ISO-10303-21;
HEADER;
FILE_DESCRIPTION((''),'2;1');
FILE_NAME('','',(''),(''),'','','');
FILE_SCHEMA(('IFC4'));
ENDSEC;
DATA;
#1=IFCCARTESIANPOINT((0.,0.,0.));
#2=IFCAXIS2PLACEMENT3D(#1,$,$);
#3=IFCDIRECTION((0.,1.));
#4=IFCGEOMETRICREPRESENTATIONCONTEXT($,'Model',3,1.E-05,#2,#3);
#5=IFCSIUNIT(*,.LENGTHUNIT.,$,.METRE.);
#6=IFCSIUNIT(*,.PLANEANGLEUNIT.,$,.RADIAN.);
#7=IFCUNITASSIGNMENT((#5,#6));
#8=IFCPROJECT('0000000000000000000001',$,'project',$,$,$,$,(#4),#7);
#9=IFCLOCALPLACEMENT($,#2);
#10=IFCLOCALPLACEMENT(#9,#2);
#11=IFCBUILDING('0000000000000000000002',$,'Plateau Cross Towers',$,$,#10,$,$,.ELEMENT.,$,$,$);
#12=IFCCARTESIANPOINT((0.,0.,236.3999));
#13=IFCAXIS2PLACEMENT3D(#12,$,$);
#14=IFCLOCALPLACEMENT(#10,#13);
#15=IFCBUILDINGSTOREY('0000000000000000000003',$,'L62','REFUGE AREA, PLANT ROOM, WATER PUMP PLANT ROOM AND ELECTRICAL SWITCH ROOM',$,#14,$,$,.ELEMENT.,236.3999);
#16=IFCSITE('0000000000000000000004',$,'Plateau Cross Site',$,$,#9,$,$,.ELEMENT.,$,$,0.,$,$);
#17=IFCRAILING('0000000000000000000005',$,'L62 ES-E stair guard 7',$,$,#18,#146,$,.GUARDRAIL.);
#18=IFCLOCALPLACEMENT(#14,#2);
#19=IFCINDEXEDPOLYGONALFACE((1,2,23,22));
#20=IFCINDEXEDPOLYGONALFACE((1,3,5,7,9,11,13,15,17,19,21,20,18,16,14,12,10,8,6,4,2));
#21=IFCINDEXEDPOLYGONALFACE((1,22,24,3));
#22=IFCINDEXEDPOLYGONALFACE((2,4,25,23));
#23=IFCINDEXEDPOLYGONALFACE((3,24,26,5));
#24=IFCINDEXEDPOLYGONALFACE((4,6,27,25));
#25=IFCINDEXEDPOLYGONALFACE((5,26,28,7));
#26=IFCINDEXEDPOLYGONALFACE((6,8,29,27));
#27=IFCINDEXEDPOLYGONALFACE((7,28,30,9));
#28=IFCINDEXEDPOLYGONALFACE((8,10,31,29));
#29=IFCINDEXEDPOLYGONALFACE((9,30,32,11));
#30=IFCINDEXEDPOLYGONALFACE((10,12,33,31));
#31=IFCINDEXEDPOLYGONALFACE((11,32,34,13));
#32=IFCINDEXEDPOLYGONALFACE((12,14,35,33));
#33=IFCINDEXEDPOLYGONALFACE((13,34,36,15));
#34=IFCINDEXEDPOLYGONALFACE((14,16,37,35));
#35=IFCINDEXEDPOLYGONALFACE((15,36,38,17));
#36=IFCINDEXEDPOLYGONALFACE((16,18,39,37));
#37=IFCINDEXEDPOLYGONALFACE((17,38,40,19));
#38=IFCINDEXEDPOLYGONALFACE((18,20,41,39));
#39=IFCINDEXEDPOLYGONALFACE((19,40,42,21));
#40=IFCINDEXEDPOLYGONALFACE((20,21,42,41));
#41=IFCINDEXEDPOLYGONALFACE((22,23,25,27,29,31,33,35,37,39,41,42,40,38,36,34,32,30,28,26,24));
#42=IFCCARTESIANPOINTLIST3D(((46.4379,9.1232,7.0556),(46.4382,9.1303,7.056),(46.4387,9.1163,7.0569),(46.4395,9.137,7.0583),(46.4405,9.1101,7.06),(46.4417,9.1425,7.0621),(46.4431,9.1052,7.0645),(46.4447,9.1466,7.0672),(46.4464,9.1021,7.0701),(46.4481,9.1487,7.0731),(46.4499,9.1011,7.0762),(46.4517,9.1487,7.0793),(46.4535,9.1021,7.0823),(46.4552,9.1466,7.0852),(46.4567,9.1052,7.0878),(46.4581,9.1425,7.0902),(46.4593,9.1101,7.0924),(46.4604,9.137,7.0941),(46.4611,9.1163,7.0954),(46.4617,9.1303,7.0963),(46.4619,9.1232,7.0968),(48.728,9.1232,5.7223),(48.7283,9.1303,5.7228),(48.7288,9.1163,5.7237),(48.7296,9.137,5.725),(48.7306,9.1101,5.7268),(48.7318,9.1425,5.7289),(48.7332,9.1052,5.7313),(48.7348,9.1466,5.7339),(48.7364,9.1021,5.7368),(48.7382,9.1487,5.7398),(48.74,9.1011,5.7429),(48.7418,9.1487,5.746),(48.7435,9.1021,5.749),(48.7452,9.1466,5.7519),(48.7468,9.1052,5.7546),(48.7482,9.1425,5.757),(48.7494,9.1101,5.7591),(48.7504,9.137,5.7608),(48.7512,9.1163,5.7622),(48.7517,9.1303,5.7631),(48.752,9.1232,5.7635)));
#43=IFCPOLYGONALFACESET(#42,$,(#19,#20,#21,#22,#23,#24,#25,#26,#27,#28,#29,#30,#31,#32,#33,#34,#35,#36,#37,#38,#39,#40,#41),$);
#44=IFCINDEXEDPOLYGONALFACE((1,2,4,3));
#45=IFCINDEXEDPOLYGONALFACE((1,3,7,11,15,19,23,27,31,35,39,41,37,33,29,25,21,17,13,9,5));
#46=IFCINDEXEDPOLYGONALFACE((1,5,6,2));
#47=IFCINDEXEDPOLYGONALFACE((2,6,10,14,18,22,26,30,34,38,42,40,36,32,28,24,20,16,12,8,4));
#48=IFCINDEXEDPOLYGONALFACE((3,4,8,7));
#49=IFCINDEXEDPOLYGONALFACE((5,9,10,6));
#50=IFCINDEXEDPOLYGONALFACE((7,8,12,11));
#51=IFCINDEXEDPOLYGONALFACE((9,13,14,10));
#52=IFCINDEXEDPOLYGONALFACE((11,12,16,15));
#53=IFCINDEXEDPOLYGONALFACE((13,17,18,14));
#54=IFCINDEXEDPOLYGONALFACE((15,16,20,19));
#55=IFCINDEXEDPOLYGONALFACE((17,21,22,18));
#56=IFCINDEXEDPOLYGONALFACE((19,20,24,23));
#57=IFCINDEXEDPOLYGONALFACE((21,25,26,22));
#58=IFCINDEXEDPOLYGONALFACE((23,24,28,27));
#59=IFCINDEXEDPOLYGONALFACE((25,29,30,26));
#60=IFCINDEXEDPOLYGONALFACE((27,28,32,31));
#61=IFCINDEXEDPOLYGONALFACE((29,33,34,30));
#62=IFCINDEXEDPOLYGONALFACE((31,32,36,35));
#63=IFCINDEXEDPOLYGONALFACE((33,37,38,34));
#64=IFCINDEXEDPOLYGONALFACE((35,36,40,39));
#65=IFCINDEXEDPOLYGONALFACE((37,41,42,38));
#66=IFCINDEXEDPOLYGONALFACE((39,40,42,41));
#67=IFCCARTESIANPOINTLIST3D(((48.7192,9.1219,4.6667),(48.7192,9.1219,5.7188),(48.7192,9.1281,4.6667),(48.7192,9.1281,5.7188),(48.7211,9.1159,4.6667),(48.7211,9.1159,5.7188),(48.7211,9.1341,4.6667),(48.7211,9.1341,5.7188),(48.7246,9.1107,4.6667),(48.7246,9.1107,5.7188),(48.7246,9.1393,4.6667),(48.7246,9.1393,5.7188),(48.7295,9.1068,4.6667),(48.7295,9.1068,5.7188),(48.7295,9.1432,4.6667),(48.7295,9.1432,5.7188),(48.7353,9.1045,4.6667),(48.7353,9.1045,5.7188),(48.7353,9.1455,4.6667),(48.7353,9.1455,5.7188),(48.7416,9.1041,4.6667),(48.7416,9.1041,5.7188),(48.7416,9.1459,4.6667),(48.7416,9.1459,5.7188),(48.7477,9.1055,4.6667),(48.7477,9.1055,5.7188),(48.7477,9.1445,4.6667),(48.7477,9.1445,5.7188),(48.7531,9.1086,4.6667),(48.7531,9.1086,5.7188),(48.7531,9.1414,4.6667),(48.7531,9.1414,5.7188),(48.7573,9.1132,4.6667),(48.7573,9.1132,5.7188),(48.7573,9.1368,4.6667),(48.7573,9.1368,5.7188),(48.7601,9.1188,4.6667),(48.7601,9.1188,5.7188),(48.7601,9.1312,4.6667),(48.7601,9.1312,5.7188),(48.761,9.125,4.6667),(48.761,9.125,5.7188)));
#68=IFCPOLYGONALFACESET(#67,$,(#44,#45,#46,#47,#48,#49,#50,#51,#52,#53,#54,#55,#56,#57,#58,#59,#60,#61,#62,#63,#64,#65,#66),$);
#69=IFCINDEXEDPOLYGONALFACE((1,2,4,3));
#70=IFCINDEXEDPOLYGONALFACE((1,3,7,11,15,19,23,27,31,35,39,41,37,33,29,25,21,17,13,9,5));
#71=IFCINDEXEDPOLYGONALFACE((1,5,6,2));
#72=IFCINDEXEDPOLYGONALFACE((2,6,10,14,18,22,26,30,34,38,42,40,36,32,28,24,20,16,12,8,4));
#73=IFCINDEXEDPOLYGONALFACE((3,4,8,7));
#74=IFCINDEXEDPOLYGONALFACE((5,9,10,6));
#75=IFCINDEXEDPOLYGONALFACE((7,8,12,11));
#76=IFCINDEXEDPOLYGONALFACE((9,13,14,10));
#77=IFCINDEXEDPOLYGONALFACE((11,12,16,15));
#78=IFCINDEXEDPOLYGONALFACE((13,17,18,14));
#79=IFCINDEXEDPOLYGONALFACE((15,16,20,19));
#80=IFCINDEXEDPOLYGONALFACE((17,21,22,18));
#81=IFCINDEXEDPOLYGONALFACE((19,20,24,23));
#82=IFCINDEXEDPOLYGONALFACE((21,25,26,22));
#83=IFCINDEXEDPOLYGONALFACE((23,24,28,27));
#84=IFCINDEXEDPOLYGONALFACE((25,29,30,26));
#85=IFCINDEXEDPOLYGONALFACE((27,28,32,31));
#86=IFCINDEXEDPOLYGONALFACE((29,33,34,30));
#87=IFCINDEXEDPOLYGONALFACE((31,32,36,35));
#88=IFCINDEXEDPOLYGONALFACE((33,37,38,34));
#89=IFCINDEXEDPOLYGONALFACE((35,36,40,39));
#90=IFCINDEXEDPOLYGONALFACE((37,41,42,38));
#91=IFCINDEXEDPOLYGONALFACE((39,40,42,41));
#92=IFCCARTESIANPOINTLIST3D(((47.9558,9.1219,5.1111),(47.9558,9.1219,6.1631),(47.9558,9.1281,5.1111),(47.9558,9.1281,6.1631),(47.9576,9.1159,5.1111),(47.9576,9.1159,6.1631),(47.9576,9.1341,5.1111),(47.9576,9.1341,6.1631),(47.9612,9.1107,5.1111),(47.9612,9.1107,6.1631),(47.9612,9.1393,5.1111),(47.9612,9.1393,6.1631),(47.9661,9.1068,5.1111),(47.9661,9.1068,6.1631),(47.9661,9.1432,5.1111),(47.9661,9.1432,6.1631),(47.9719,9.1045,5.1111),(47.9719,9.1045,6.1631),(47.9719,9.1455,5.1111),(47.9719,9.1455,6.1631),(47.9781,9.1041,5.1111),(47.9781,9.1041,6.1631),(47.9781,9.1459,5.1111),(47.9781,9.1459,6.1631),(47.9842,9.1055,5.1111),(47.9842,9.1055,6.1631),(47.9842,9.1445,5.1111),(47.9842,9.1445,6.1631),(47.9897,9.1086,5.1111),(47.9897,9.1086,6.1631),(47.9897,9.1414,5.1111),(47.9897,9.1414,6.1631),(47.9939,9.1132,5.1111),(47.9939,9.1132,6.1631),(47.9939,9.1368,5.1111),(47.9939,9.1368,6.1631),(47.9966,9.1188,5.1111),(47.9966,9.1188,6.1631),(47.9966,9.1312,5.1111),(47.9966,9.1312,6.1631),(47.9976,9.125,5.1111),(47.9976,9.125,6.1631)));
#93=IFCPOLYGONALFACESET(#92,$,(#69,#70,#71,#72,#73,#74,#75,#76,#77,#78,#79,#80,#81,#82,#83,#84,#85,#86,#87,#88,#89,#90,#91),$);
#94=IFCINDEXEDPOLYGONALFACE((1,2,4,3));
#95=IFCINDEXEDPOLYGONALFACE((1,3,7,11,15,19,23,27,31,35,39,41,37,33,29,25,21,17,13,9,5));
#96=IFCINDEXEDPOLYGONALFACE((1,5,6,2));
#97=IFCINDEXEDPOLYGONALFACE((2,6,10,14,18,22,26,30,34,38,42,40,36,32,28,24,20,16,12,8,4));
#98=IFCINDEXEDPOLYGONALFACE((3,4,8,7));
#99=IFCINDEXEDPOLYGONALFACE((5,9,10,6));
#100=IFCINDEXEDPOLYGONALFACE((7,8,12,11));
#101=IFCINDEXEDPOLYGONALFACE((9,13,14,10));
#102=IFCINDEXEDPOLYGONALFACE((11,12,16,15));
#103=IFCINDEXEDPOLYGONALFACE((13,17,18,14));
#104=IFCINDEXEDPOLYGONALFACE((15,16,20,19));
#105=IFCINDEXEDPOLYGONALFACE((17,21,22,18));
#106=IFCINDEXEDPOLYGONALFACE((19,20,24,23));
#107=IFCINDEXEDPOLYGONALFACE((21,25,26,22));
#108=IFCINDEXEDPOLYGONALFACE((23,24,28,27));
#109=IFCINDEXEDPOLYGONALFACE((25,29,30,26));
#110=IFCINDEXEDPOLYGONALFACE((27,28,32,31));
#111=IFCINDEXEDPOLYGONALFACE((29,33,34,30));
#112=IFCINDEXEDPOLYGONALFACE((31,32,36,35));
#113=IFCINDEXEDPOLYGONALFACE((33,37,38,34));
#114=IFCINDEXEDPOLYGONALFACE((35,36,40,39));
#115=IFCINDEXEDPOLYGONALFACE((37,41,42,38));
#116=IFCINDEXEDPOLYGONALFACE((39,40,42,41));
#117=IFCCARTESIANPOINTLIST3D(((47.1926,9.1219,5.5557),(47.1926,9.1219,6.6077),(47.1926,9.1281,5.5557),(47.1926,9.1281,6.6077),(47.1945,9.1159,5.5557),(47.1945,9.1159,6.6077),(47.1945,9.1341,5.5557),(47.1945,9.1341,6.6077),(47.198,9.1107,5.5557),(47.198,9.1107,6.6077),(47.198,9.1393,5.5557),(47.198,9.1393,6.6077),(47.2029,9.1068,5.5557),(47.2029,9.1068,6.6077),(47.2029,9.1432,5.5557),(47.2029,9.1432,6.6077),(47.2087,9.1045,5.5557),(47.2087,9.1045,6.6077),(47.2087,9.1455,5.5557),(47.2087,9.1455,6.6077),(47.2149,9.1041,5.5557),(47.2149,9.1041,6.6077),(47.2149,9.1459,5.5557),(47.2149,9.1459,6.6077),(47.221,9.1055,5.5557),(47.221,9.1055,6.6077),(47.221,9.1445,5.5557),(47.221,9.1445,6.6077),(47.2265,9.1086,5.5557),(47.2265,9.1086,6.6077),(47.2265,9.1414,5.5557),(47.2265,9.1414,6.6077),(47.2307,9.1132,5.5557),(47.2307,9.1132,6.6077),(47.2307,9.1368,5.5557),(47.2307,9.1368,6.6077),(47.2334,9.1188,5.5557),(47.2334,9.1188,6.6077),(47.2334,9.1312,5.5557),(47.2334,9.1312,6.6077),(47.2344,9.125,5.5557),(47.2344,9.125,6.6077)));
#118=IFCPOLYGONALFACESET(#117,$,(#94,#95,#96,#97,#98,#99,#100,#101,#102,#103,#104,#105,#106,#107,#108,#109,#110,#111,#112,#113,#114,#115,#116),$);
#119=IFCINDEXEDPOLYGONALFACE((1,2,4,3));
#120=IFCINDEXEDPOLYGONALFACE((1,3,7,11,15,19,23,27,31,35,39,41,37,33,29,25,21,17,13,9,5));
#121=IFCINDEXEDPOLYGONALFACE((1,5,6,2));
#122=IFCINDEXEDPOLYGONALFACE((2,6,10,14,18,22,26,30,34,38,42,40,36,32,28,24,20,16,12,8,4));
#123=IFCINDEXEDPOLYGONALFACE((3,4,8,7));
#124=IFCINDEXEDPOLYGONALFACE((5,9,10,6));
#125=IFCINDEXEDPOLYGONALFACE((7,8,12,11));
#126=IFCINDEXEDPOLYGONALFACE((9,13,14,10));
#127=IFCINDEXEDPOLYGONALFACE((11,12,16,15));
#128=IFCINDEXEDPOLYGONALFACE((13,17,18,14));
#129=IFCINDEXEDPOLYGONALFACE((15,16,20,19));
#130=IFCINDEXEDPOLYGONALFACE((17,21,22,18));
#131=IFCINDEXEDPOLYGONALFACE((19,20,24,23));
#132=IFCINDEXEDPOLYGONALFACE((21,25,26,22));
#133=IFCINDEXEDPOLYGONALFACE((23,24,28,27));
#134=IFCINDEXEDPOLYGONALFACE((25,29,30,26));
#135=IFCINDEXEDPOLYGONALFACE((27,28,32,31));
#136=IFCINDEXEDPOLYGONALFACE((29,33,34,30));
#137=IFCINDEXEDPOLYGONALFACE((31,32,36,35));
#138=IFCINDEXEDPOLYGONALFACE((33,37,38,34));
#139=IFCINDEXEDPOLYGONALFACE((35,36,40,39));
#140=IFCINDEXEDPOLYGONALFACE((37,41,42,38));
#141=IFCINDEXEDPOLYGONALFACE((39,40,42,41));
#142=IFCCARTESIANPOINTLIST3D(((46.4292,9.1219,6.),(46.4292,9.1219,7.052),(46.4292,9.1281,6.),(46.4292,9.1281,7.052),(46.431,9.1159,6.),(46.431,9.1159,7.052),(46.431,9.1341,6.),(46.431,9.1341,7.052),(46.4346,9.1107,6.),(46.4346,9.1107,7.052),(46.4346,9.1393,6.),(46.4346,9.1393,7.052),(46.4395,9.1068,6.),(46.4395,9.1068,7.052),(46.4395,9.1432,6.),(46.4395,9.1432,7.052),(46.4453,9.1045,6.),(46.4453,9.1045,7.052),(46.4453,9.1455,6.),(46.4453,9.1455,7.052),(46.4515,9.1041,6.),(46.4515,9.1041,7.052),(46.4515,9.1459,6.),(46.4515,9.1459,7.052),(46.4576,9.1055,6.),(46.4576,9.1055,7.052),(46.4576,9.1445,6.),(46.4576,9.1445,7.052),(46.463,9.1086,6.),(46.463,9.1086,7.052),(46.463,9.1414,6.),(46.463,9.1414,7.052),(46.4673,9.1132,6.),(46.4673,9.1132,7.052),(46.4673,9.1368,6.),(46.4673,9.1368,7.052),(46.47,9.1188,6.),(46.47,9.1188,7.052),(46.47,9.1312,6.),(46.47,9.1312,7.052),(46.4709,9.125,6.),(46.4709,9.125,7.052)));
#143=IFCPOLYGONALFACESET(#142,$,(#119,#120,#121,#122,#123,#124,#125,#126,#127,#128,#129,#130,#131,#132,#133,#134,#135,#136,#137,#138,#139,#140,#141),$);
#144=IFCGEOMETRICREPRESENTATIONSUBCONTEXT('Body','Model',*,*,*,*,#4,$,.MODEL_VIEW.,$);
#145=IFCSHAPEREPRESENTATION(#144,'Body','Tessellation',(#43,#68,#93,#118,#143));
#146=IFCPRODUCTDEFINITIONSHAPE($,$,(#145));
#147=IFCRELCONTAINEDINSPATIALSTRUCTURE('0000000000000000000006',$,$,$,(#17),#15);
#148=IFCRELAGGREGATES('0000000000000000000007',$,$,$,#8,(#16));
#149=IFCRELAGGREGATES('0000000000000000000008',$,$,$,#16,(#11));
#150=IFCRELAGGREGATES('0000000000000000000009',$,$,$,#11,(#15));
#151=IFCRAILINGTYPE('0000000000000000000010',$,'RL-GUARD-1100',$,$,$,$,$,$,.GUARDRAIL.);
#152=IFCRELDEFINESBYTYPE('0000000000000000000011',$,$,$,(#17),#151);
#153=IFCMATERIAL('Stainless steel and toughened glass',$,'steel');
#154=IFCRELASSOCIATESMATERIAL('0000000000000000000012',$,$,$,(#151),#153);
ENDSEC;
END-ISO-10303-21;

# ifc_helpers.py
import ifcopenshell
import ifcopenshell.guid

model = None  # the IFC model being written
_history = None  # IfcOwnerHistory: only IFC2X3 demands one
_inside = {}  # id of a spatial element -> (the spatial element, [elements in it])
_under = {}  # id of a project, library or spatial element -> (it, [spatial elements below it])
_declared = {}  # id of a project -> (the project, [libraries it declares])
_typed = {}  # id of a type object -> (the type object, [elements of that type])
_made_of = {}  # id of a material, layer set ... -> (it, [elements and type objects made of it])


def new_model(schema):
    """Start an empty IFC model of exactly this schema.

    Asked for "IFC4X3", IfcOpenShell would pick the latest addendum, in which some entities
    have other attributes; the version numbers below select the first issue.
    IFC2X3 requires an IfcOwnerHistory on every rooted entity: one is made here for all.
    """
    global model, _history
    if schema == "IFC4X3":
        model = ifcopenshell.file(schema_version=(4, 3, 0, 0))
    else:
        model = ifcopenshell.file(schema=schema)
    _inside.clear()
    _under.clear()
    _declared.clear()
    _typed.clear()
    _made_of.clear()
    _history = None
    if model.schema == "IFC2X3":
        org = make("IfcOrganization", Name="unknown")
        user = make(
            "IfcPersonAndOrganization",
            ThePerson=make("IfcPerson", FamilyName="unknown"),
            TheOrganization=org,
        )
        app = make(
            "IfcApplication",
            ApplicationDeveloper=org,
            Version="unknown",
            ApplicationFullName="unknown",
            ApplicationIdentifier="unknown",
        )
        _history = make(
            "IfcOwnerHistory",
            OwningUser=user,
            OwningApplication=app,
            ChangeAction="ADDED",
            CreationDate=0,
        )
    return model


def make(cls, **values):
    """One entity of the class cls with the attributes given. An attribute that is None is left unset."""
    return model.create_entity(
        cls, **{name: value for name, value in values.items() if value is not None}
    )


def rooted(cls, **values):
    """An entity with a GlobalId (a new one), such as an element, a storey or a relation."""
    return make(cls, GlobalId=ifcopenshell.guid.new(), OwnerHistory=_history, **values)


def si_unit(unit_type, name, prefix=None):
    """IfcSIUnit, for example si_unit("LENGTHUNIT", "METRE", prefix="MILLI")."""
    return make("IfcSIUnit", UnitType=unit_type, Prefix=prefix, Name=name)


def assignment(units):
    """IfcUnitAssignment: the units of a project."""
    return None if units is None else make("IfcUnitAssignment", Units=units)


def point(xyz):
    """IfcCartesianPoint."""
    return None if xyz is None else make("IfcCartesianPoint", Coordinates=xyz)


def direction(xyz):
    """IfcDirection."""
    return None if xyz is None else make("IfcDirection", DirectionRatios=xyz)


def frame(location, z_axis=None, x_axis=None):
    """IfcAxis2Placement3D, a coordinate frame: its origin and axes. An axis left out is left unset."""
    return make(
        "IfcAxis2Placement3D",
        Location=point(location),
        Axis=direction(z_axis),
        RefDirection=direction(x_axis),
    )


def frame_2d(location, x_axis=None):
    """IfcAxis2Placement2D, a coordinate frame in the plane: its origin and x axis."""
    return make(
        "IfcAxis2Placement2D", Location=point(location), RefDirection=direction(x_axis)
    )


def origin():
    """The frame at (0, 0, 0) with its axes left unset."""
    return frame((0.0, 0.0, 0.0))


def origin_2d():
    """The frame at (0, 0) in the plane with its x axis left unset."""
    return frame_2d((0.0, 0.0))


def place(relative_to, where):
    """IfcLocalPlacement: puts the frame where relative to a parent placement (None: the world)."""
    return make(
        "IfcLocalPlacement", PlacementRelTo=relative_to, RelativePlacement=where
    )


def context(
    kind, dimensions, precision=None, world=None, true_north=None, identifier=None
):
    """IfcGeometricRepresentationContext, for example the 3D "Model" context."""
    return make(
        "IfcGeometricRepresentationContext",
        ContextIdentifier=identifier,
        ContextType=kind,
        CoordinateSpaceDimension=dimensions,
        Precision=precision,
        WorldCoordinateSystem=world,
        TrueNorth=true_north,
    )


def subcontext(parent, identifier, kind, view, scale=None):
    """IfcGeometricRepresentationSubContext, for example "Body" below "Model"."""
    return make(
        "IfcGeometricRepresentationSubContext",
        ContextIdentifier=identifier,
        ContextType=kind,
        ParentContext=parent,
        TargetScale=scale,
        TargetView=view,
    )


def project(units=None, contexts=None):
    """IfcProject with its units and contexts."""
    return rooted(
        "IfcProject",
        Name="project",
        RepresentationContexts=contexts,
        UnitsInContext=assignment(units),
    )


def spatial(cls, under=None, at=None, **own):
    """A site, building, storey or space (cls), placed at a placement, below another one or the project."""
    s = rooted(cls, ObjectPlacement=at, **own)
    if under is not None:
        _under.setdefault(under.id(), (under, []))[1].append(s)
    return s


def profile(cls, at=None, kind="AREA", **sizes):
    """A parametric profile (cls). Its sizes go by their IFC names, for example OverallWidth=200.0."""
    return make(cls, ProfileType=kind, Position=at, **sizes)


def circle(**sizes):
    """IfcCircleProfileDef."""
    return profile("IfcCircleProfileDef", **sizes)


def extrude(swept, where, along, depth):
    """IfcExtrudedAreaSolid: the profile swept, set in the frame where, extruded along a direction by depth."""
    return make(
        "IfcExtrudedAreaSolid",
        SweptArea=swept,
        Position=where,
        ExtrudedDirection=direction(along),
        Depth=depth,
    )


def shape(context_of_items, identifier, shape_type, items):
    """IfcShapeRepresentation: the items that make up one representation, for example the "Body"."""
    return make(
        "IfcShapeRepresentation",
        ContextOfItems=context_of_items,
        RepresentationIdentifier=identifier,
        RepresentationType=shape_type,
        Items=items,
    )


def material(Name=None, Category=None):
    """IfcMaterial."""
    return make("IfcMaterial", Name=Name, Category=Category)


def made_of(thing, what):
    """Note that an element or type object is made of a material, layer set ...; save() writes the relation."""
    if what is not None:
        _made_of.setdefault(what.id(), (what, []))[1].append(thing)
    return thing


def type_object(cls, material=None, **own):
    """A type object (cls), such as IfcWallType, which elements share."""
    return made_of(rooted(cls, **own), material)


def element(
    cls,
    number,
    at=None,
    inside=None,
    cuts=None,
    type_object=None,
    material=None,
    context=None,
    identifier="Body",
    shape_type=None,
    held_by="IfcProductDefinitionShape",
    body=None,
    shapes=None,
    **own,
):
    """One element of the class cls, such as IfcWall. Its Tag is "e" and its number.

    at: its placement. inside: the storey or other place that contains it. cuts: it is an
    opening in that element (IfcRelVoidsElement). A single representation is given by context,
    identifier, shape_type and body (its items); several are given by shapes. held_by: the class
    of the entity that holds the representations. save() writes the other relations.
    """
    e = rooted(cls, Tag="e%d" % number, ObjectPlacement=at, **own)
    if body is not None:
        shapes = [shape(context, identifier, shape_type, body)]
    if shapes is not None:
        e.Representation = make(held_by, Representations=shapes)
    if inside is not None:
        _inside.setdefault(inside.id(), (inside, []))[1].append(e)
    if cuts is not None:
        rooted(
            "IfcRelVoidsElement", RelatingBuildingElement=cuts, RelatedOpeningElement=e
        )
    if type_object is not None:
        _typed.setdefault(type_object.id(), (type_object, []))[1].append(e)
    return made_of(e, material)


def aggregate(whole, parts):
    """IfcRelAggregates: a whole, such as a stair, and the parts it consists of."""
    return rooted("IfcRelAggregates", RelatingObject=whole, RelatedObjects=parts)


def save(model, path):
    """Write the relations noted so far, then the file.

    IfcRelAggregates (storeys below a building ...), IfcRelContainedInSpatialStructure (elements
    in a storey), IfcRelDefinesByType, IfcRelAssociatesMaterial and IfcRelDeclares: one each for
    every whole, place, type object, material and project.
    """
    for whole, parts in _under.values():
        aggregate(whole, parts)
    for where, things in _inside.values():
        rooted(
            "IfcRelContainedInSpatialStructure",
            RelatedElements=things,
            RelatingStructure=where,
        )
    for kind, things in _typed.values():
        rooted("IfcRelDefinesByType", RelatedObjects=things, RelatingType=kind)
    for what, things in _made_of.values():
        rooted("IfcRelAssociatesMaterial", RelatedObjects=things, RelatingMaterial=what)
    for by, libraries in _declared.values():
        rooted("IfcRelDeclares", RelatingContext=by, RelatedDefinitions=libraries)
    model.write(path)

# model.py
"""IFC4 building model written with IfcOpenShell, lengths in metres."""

from ifc_helpers import new_model, si_unit, direction, frame, origin, origin_2d, place, context, subcontext, project, spatial, circle, extrude, material, type_object, element, save


model = new_model("IFC4")

# Units and contexts
model_context = context("Model", 3, precision=1e-05, world=origin(), true_north=direction((0.0, 1.0)))
body_context = subcontext(model_context, "Body", "Model", "MODEL_VIEW")
ifc_project = project(units=[si_unit("LENGTHUNIT", "METRE"), si_unit("PLANEANGLEUNIT", "RADIAN")], contexts=[model_context])

# Site, building, storey
site_placement = place(None, origin())
site = spatial("IfcSite", under=ifc_project, at=site_placement, Name="Plateau Cross Site", CompositionType="ELEMENT", RefElevation=0.0)
building_placement = place(site_placement, origin())
building = spatial("IfcBuilding", under=site, at=building_placement, Name="Plateau Cross Towers", CompositionType="ELEMENT")
storey_placement = place(building_placement, frame((0.0, 0.0, 236.3999)))
storey = spatial("IfcBuildingStorey", under=building, at=storey_placement, Name="L62", Description="REFUGE AREA, PLANT ROOM, WATER PUMP PLANT ROOM AND ELECTRICAL SWITCH ROOM", CompositionType="ELEMENT", Elevation=236.3999)

# Railing
ifc_material_1 = material(Name="Stainless steel and toughened glass", Category="steel")
railing_type_1 = type_object("IfcRailingType", Name="RL-GUARD-1100", PredefinedType="GUARDRAIL", material=ifc_material_1)
railing_1_placement = place(storey_placement, frame((48.74, 9.125, 4.6667)))
element("IfcRailing", 1, at=railing_1_placement, inside=storey, type_object=railing_type_1, Name="L62 ES-E stair guard 7", PredefinedType="GUARDRAIL", context=body_context, shape_type="SweptSolid", body=[
    extrude(circle(Radius=0.0239, at=origin_2d()), frame((0.0, 0.0, 1.0762), z_axis=(-0.864206, 0.0, 0.503138), x_axis=(0.0, -1.0, 0.0)), (0.0, 0.0, 1.0), 2.6499),
    extrude(circle(Radius=0.021, at=origin_2d()), origin(), (0.0, 0.0, 1.0), 1.052),
    extrude(circle(Radius=0.021, at=origin_2d()), frame((-0.7634, 0.0, 0.4443)), (0.0, 0.0, 1.0), 1.052),
    extrude(circle(Radius=0.021, at=origin_2d()), frame((-1.5266, 0.0, 0.8889)), (0.0, 0.0, 1.0), 1.052),
    extrude(circle(Radius=0.021, at=origin_2d()), frame((-2.29, 0.0, 1.3333)), (0.0, 0.0, 1.0), 1.052),
])

save(model, "model.ifc")
